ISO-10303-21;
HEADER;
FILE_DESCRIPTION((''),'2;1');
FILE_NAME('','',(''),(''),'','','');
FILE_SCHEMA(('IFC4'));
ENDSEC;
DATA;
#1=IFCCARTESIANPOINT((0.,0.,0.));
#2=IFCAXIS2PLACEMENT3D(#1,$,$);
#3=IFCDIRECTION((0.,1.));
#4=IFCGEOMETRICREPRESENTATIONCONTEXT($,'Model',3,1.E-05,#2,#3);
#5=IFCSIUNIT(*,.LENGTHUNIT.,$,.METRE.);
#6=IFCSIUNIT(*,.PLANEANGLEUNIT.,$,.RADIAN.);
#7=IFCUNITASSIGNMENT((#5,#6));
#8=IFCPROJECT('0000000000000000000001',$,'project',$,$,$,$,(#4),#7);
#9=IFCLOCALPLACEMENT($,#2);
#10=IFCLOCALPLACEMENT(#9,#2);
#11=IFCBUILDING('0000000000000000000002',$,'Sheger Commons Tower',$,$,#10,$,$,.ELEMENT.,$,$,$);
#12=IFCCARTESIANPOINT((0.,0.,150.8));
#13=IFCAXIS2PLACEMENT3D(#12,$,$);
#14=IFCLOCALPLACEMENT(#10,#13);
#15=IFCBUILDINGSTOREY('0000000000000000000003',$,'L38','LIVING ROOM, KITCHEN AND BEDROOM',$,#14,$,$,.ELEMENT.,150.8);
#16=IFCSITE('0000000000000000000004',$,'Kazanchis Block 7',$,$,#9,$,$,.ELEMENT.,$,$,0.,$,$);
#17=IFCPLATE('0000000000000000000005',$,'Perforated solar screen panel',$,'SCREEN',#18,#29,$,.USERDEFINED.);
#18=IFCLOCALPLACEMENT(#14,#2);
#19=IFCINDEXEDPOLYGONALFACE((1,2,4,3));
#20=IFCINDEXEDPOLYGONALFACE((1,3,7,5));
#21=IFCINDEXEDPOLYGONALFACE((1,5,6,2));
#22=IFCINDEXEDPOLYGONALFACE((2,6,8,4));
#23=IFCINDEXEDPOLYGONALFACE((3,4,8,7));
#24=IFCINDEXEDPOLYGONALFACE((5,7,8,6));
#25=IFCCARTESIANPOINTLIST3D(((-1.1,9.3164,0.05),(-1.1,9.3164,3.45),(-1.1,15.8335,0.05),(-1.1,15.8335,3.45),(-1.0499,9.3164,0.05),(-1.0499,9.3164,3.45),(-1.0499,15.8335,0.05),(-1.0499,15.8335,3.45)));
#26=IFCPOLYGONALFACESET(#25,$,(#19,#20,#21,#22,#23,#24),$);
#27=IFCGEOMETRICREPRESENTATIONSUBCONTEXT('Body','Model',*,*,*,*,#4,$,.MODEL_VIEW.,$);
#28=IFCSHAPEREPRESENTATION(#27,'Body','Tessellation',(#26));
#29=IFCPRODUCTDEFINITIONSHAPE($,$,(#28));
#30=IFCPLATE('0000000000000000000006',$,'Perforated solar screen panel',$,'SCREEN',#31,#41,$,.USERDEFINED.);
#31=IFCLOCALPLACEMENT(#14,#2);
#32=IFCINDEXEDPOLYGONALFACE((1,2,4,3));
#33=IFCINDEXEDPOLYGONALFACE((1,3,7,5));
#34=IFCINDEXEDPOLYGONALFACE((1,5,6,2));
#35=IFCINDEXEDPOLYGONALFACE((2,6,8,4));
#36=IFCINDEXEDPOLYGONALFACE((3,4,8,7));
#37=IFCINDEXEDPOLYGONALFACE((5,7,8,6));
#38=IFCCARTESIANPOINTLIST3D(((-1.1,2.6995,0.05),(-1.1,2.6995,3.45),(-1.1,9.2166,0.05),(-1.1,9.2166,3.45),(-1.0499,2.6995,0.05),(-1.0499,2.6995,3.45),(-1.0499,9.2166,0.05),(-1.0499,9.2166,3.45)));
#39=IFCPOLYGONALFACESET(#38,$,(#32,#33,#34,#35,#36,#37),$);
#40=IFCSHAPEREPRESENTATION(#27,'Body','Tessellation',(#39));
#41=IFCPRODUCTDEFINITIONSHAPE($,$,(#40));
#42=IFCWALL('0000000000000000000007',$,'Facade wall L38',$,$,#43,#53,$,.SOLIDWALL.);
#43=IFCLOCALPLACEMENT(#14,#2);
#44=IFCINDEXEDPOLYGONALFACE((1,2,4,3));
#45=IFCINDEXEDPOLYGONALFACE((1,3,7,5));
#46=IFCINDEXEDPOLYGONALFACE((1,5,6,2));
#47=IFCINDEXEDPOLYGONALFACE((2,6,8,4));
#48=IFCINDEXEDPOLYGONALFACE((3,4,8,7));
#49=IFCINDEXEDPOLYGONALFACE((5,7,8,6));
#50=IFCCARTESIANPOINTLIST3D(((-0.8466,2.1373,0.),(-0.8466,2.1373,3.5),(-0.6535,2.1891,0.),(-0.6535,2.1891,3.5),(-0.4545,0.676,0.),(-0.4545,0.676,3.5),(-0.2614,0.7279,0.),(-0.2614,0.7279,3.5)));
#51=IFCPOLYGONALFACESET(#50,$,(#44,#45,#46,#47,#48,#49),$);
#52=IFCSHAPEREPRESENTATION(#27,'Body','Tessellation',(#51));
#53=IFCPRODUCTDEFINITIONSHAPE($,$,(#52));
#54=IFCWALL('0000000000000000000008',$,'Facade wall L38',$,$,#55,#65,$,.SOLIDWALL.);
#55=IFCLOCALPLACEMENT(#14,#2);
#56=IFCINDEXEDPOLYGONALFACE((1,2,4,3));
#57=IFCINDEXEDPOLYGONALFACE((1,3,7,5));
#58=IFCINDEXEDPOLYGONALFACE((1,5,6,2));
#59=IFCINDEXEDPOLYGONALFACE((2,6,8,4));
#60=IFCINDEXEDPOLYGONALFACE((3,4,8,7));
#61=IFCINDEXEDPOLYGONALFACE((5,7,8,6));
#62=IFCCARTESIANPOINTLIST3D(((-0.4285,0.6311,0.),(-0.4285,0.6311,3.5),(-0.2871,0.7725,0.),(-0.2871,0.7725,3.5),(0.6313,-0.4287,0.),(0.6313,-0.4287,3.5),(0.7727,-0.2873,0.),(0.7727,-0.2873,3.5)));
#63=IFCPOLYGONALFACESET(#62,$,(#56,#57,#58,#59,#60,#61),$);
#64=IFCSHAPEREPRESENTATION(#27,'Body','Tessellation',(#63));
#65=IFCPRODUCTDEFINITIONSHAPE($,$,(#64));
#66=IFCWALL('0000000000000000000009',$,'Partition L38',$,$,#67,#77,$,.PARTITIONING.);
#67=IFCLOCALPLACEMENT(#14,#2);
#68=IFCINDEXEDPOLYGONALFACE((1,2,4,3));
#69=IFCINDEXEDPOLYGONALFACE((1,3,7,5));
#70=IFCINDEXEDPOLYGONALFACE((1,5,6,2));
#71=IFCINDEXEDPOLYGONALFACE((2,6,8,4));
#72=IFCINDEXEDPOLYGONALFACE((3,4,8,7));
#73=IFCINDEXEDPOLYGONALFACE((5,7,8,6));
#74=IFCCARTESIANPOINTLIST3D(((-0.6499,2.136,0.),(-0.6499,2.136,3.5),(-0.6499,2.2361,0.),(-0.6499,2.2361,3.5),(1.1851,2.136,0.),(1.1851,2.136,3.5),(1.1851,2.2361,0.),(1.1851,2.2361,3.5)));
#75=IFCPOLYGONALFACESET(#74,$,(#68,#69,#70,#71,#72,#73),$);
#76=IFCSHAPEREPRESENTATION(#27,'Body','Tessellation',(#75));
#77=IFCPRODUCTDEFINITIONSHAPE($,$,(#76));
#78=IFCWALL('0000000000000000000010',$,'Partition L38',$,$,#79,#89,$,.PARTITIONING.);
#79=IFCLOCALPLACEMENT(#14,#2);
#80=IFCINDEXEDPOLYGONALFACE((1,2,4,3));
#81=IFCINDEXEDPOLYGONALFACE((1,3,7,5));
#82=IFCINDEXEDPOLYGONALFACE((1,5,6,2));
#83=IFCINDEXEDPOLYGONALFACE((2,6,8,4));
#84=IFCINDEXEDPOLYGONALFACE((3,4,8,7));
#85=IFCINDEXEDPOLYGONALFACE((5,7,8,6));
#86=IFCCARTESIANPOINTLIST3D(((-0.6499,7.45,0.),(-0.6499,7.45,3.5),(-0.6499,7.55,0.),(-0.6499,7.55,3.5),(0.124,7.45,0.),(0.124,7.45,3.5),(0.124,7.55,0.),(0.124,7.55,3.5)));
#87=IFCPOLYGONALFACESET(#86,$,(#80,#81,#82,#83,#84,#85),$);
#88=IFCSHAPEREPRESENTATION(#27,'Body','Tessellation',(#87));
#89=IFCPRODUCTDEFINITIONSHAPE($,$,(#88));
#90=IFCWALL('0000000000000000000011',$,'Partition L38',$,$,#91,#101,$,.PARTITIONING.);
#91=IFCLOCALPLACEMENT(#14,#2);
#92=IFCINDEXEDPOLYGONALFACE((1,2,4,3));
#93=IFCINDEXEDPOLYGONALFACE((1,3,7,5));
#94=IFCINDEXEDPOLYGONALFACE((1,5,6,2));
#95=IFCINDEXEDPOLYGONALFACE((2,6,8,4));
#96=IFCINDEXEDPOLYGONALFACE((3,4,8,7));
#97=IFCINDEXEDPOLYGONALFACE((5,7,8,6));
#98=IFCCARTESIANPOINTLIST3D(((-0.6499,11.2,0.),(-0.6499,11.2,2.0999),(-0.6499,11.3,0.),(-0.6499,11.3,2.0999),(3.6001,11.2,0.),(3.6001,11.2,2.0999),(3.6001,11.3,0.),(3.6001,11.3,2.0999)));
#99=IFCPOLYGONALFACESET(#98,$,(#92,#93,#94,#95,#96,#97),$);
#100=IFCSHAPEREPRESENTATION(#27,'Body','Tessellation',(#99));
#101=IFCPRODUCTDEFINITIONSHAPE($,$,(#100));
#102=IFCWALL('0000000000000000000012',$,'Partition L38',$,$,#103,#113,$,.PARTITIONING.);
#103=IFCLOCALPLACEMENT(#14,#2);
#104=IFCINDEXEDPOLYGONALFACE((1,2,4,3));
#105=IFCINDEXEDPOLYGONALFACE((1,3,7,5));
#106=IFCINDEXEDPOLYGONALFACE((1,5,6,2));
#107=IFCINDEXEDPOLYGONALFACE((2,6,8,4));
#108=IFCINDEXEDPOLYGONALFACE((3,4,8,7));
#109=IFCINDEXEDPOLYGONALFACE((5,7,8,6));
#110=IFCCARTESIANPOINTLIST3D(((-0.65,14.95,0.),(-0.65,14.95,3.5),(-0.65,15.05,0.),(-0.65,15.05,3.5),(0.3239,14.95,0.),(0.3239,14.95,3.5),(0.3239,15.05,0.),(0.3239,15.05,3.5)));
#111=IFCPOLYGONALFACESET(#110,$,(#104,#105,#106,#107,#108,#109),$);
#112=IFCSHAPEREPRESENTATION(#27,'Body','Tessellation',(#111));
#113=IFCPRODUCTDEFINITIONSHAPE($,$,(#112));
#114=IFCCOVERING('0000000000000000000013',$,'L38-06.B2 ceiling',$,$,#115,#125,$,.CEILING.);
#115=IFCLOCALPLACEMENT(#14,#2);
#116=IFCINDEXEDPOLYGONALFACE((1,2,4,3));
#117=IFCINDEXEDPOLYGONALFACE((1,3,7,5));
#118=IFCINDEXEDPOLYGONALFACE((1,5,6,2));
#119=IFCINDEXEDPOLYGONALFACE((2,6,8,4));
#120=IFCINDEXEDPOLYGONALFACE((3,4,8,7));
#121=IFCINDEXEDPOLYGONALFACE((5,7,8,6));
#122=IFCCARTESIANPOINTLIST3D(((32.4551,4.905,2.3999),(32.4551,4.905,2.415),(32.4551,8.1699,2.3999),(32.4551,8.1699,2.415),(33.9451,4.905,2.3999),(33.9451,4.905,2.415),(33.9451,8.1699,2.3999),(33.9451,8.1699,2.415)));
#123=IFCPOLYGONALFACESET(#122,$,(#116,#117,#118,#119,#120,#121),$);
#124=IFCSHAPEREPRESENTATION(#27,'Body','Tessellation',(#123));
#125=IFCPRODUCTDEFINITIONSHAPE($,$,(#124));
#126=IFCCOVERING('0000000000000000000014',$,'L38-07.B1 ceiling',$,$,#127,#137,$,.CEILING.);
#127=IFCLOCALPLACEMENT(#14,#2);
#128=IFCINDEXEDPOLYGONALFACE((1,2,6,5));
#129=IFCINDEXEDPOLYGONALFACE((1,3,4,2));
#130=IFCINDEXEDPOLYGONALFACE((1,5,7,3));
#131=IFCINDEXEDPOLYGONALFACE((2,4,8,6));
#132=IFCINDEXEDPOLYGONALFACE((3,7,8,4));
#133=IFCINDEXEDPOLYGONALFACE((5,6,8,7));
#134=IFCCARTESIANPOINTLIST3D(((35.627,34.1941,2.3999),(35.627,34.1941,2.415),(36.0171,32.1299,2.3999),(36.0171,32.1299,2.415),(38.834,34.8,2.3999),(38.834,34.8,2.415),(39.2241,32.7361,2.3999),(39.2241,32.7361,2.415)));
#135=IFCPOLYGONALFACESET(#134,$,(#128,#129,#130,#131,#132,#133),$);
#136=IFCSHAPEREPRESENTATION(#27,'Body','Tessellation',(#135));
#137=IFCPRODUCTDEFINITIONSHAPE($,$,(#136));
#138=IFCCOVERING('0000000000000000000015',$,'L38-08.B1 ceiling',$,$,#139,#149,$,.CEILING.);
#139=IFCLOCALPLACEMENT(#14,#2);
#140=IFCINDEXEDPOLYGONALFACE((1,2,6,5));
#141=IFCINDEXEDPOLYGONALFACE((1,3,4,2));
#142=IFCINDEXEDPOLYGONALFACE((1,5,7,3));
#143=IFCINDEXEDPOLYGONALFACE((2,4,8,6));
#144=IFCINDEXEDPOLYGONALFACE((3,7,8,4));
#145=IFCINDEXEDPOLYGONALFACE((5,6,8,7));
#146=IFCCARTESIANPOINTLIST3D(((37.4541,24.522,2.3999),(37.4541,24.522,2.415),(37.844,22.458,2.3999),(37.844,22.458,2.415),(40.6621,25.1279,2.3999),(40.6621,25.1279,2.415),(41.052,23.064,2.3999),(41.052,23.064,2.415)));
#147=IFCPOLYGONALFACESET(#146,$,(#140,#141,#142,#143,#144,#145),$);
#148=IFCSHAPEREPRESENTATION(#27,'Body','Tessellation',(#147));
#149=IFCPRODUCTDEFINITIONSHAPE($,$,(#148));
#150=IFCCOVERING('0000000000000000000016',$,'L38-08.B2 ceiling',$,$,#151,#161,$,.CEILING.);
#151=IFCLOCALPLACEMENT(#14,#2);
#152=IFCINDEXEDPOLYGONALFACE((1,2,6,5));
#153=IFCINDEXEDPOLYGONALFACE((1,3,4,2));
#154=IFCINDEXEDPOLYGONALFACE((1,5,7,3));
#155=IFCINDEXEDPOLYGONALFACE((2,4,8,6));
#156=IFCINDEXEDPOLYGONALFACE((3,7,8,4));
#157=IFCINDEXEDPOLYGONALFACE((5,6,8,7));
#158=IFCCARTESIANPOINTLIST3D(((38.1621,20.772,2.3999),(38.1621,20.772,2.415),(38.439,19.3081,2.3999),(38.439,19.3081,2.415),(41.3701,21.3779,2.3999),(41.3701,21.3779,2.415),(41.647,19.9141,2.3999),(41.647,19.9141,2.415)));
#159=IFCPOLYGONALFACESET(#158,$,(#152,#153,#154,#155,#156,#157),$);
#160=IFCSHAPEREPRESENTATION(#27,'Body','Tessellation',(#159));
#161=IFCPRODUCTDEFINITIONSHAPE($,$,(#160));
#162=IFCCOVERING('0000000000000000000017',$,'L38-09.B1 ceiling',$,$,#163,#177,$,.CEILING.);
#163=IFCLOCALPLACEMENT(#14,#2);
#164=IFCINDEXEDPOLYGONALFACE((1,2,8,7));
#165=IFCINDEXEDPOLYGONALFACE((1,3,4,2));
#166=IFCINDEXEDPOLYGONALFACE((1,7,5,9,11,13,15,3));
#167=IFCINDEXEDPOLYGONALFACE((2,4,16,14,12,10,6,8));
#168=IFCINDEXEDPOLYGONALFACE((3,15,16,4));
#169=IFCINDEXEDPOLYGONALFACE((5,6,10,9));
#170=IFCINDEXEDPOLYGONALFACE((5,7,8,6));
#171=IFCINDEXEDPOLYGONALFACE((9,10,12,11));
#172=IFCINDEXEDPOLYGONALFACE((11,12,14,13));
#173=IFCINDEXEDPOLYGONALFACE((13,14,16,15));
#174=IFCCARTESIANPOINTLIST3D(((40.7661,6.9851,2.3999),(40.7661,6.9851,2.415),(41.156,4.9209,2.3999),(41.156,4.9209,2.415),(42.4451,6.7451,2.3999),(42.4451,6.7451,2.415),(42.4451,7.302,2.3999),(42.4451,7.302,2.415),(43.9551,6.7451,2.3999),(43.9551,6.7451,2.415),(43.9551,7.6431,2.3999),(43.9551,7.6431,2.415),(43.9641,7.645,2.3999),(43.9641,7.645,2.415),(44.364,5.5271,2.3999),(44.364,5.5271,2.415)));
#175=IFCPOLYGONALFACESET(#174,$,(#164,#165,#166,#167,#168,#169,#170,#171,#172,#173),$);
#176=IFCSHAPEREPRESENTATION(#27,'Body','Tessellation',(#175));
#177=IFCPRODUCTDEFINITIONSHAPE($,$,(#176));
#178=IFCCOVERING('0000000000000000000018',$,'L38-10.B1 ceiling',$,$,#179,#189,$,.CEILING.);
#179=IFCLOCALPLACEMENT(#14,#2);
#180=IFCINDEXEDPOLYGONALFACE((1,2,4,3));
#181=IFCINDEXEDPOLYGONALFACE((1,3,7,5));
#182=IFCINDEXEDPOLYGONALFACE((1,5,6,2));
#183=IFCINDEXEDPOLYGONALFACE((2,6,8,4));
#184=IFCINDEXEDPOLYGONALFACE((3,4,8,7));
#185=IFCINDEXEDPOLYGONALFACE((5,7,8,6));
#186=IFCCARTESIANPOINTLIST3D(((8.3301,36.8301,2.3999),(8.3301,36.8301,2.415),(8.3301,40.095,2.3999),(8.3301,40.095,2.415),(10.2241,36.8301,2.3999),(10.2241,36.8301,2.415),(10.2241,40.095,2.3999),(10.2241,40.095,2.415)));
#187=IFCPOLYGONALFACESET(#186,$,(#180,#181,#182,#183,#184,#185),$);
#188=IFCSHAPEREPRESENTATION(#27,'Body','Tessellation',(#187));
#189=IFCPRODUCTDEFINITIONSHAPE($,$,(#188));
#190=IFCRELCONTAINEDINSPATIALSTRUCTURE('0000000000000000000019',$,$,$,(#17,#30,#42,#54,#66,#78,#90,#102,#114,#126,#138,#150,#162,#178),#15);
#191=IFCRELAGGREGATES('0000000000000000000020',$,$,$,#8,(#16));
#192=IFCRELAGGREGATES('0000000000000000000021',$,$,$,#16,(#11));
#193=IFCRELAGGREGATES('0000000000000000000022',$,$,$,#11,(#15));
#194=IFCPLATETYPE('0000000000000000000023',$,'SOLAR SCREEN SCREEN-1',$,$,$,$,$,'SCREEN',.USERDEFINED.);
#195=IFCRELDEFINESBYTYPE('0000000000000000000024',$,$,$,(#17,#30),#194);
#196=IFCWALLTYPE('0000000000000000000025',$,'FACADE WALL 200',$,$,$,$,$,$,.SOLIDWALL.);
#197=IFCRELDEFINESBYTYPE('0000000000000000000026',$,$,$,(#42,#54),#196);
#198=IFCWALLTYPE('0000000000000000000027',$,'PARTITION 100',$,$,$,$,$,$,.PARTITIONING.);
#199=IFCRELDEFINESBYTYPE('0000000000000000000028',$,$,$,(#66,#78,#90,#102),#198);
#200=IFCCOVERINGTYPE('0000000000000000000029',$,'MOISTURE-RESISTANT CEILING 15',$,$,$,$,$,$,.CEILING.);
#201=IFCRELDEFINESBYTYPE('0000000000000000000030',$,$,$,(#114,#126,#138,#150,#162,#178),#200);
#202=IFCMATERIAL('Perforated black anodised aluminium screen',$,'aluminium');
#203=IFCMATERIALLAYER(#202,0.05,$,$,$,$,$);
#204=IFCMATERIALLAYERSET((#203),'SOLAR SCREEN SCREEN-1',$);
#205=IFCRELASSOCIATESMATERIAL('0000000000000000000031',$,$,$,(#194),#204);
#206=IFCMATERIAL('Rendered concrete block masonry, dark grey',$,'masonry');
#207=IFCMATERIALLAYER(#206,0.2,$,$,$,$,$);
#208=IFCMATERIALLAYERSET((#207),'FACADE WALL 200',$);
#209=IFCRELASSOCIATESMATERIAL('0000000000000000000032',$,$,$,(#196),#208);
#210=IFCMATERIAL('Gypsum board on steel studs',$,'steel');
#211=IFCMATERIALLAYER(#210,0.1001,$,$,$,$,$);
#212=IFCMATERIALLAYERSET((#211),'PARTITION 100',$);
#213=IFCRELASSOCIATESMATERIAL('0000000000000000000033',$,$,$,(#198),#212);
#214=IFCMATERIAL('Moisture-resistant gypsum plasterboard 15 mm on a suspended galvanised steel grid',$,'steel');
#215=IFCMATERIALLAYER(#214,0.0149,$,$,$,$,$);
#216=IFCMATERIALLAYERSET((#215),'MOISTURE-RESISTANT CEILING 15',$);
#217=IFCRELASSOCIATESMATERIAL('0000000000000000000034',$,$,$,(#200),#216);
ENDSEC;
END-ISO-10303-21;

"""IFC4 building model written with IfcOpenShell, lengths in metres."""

from ifc_helpers import new_model, si_unit, direction, frame, frame_2d, origin, origin_2d, place, context, subcontext, project, spatial, polyline, rectangle, outline, extrude, material, layer, layer_set, type_object, element, save


model = new_model("IFC4")

# Units and contexts
model_context = context("Model", 3, precision=1e-05, world=origin(), true_north=direction((0.0, 1.0)))
body_context = subcontext(model_context, "Body", "Model", "MODEL_VIEW")
ifc_project = project(units=[si_unit("LENGTHUNIT", "METRE"), si_unit("PLANEANGLEUNIT", "RADIAN")], contexts=[model_context])

# Site, building, storey
site_placement = place(None, origin())
site = spatial("IfcSite", under=ifc_project, at=site_placement, Name="Kazanchis Block 7", CompositionType="ELEMENT", RefElevation=0.0)
building_placement = place(site_placement, origin())
building = spatial("IfcBuilding", under=site, at=building_placement, Name="Sheger Commons Tower", CompositionType="ELEMENT")
storey_placement = place(building_placement, frame((0.0, 0.0, 150.8)))
storey = spatial("IfcBuildingStorey", under=building, at=storey_placement, Name="L38", Description="LIVING ROOM, KITCHEN AND BEDROOM", CompositionType="ELEMENT", Elevation=150.8)

# Plates
ifc_material_1 = material(Name="Perforated black anodised aluminium screen", Category="aluminium")
ifc_layer_1 = layer(ifc_material_1, 0.05)
ifc_layer_set_1 = layer_set([ifc_layer_1], Name="SOLAR SCREEN SCREEN-1")
plate_type = type_object("IfcPlateType", Name="SOLAR SCREEN SCREEN-1", ElementType="SCREEN", PredefinedType="USERDEFINED", material=ifc_layer_set_1)
for number, where, z_axis, x_axis, name in (
    (1, (-1.075, 12.575, 0.05), (0.0, 0.0, 1.0), (0.0, -1.0, 0.0), "Perforated solar screen panel"),
    (2, (-1.075, 5.958, 0.05), (0.0, 0.0, 1.0), (0.0, -1.0, 0.0), "Perforated solar screen panel"),
):
    element("IfcPlate", number, at=place(storey_placement, frame(where, z_axis=z_axis, x_axis=x_axis)), inside=storey, type_object=plate_type, Name=name, ObjectType="SCREEN", PredefinedType="USERDEFINED", context=body_context, shape_type="SweptSolid", body=[
        extrude(rectangle(XDim=6.5171, YDim=0.05, at=origin_2d()), origin(), (0.0, 0.0, 1.0), 3.3999),
    ])

# Walls
ifc_material_2 = material(Name="Rendered concrete block masonry, dark grey", Category="masonry")
ifc_layer_2 = layer(ifc_material_2, 0.2)
ifc_layer_set_2 = layer_set([ifc_layer_2], Name="FACADE WALL 200")
wall_type_1 = type_object("IfcWallType", Name="FACADE WALL 200", PredefinedType="SOLIDWALL", material=ifc_layer_set_2)
wall_1_placement = place(storey_placement, frame((-0.75, 2.1631, 0.0), z_axis=(0.0, 0.0, 1.0), x_axis=(0.259169, -0.965832, 0.0)))
element("IfcWall", 3, at=wall_1_placement, inside=storey, type_object=wall_type_1, Name="Facade wall L38", PredefinedType="SOLIDWALL", context=body_context, shape_type="SweptSolid", body=[
    extrude(rectangle(XDim=1.5129, YDim=0.2, at=frame_2d((0.7563, 0.0))), origin(), (0.0, 0.0, 1.0), 3.5),
])
wall_2_placement = place(storey_placement, frame((-0.3579, 0.7019, 0.0), z_axis=(0.0, 0.0, 1.0), x_axis=(0.707107, -0.707107, 0.0)))
element("IfcWall", 4, at=wall_2_placement, inside=storey, type_object=wall_type_1, Name="Facade wall L38", PredefinedType="SOLIDWALL", context=body_context, shape_type="SweptSolid", body=[
    extrude(rectangle(XDim=1.4988, YDim=0.2, at=frame_2d((0.7495, 0.0))), origin(), (0.0, 0.0, 1.0), 3.5),
])
ifc_material_3 = material(Name="Gypsum board on steel studs", Category="steel")
ifc_layer_3 = layer(ifc_material_3, 0.1001)
ifc_layer_set_3 = layer_set([ifc_layer_3], Name="PARTITION 100")
wall_type_2 = type_object("IfcWallType", Name="PARTITION 100", PredefinedType="PARTITIONING", material=ifc_layer_set_3)
wall_3_placement = place(storey_placement, frame((-0.6499, 2.186, 0.0), z_axis=(0.0, 0.0, 1.0), x_axis=(1.0, 0.0, 0.0)))
element("IfcWall", 5, at=wall_3_placement, inside=storey, type_object=wall_type_2, Name="Partition L38", PredefinedType="PARTITIONING", context=body_context, shape_type="SweptSolid", body=[
    extrude(rectangle(XDim=1.835, YDim=0.1001, at=frame_2d((0.9175, 0.0))), origin(), (0.0, 0.0, 1.0), 3.5),
])
wall_4_placement = place(storey_placement, frame((-0.6499, 7.5, 0.0), z_axis=(0.0, 0.0, 1.0), x_axis=(1.0, 0.0, 0.0)))
element("IfcWall", 6, at=wall_4_placement, inside=storey, type_object=wall_type_2, Name="Partition L38", PredefinedType="PARTITIONING", context=body_context, shape_type="SweptSolid", body=[
    extrude(rectangle(XDim=0.7739, YDim=0.1001, at=frame_2d((0.387, 0.0))), origin(), (0.0, 0.0, 1.0), 3.5),
])
wall_5_placement = place(storey_placement, frame((-0.6499, 11.25, 0.0), z_axis=(0.0, 0.0, 1.0), x_axis=(1.0, 0.0, 0.0)))
element("IfcWall", 7, at=wall_5_placement, inside=storey, type_object=wall_type_2, Name="Partition L38", PredefinedType="PARTITIONING", context=body_context, shape_type="SweptSolid", body=[
    extrude(rectangle(XDim=4.25, YDim=0.1001, at=frame_2d((2.125, 0.0))), origin(), (0.0, 0.0, 1.0), 2.0999),
])
wall_6_placement = place(storey_placement, frame((-0.6499, 15.0, 0.0), z_axis=(0.0, 0.0, 1.0), x_axis=(1.0, 0.0, 0.0)))
element("IfcWall", 8, at=wall_6_placement, inside=storey, type_object=wall_type_2, Name="Partition L38", PredefinedType="PARTITIONING", context=body_context, shape_type="SweptSolid", body=[
    extrude(rectangle(XDim=0.9739, YDim=0.1001, at=frame_2d((0.4868, 0.0))), origin(), (0.0, 0.0, 1.0), 3.5),
])

# Coverings
ifc_material_4 = material(Name="Moisture-resistant gypsum plasterboard 15 mm on a suspended galvanised steel grid", Category="steel")
ifc_layer_4 = layer(ifc_material_4, 0.0149)
ifc_layer_set_4 = layer_set([ifc_layer_4], Name="MOISTURE-RESISTANT CEILING 15")
covering_type_1 = type_object("IfcCoveringType", Name="MOISTURE-RESISTANT CEILING 15", PredefinedType="CEILING", material=ifc_layer_set_4)
covering_1_placement = place(storey_placement, frame((0.0, 0.0, 2.3999)))
element("IfcCovering", 9, at=covering_1_placement, inside=storey, type_object=covering_type_1, Name="L38-06.B2 ceiling", PredefinedType="CEILING", context=body_context, shape_type="SweptSolid", body=[
    extrude(outline(polyline([(32.4551, 4.905), (33.9451, 4.905), (33.9451, 8.1699), (32.4551, 8.1699), (32.4551, 4.905)])), origin(), (0.0, 0.0, 1.0), 0.0151),
])
covering_2_placement = place(storey_placement, frame((0.0, 0.0, 2.3999)))
element("IfcCovering", 10, at=covering_2_placement, inside=storey, type_object=covering_type_1, Name="L38-07.B1 ceiling", PredefinedType="CEILING", context=body_context, shape_type="SweptSolid", body=[
    extrude(outline(polyline([(36.0171, 32.1299), (39.2241, 32.7361), (38.834, 34.8), (35.627, 34.1941), (36.0171, 32.1299)])), origin(), (0.0, 0.0, 1.0), 0.0151),
])
covering_3_placement = place(storey_placement, frame((0.0, 0.0, 2.3999)))
element("IfcCovering", 11, at=covering_3_placement, inside=storey, type_object=covering_type_1, Name="L38-08.B1 ceiling", PredefinedType="CEILING", context=body_context, shape_type="SweptSolid", body=[
    extrude(outline(polyline([(37.844, 22.458), (41.052, 23.064), (40.6621, 25.1279), (37.4541, 24.522), (37.844, 22.458)])), origin(), (0.0, 0.0, 1.0), 0.0151),
])
covering_4_placement = place(storey_placement, frame((0.0, 0.0, 2.3999)))
element("IfcCovering", 12, at=covering_4_placement, inside=storey, type_object=covering_type_1, Name="L38-08.B2 ceiling", PredefinedType="CEILING", context=body_context, shape_type="SweptSolid", body=[
    extrude(outline(polyline([(38.439, 19.3081), (41.647, 19.9141), (41.3701, 21.3779), (38.1621, 20.772), (38.439, 19.3081)])), origin(), (0.0, 0.0, 1.0), 0.0151),
])
covering_5_placement = place(storey_placement, frame((0.0, 0.0, 2.3999)))
element("IfcCovering", 13, at=covering_5_placement, inside=storey, type_object=covering_type_1, Name="L38-09.B1 ceiling", PredefinedType="CEILING", context=body_context, shape_type="SweptSolid", body=[
    extrude(outline(polyline([(41.156, 4.9209), (44.364, 5.5271), (43.9641, 7.645), (43.9551, 7.6431), (43.9551, 6.7451), (42.4451, 6.7451), (42.4451, 7.302), (40.7661, 6.9851), (41.156, 4.9209)])), origin(), (0.0, 0.0, 1.0), 0.0151),
])
covering_6_placement = place(storey_placement, frame((0.0, 0.0, 2.3999)))
element("IfcCovering", 14, at=covering_6_placement, inside=storey, type_object=covering_type_1, Name="L38-10.B1 ceiling", PredefinedType="CEILING", context=body_context, shape_type="SweptSolid", body=[
    extrude(outline(polyline([(8.3301, 36.8301), (10.2241, 36.8301), (10.2241, 40.095), (8.3301, 40.095), (8.3301, 36.8301)])), origin(), (0.0, 0.0, 1.0), 0.0151),
])

save(model, "model.ifc")
